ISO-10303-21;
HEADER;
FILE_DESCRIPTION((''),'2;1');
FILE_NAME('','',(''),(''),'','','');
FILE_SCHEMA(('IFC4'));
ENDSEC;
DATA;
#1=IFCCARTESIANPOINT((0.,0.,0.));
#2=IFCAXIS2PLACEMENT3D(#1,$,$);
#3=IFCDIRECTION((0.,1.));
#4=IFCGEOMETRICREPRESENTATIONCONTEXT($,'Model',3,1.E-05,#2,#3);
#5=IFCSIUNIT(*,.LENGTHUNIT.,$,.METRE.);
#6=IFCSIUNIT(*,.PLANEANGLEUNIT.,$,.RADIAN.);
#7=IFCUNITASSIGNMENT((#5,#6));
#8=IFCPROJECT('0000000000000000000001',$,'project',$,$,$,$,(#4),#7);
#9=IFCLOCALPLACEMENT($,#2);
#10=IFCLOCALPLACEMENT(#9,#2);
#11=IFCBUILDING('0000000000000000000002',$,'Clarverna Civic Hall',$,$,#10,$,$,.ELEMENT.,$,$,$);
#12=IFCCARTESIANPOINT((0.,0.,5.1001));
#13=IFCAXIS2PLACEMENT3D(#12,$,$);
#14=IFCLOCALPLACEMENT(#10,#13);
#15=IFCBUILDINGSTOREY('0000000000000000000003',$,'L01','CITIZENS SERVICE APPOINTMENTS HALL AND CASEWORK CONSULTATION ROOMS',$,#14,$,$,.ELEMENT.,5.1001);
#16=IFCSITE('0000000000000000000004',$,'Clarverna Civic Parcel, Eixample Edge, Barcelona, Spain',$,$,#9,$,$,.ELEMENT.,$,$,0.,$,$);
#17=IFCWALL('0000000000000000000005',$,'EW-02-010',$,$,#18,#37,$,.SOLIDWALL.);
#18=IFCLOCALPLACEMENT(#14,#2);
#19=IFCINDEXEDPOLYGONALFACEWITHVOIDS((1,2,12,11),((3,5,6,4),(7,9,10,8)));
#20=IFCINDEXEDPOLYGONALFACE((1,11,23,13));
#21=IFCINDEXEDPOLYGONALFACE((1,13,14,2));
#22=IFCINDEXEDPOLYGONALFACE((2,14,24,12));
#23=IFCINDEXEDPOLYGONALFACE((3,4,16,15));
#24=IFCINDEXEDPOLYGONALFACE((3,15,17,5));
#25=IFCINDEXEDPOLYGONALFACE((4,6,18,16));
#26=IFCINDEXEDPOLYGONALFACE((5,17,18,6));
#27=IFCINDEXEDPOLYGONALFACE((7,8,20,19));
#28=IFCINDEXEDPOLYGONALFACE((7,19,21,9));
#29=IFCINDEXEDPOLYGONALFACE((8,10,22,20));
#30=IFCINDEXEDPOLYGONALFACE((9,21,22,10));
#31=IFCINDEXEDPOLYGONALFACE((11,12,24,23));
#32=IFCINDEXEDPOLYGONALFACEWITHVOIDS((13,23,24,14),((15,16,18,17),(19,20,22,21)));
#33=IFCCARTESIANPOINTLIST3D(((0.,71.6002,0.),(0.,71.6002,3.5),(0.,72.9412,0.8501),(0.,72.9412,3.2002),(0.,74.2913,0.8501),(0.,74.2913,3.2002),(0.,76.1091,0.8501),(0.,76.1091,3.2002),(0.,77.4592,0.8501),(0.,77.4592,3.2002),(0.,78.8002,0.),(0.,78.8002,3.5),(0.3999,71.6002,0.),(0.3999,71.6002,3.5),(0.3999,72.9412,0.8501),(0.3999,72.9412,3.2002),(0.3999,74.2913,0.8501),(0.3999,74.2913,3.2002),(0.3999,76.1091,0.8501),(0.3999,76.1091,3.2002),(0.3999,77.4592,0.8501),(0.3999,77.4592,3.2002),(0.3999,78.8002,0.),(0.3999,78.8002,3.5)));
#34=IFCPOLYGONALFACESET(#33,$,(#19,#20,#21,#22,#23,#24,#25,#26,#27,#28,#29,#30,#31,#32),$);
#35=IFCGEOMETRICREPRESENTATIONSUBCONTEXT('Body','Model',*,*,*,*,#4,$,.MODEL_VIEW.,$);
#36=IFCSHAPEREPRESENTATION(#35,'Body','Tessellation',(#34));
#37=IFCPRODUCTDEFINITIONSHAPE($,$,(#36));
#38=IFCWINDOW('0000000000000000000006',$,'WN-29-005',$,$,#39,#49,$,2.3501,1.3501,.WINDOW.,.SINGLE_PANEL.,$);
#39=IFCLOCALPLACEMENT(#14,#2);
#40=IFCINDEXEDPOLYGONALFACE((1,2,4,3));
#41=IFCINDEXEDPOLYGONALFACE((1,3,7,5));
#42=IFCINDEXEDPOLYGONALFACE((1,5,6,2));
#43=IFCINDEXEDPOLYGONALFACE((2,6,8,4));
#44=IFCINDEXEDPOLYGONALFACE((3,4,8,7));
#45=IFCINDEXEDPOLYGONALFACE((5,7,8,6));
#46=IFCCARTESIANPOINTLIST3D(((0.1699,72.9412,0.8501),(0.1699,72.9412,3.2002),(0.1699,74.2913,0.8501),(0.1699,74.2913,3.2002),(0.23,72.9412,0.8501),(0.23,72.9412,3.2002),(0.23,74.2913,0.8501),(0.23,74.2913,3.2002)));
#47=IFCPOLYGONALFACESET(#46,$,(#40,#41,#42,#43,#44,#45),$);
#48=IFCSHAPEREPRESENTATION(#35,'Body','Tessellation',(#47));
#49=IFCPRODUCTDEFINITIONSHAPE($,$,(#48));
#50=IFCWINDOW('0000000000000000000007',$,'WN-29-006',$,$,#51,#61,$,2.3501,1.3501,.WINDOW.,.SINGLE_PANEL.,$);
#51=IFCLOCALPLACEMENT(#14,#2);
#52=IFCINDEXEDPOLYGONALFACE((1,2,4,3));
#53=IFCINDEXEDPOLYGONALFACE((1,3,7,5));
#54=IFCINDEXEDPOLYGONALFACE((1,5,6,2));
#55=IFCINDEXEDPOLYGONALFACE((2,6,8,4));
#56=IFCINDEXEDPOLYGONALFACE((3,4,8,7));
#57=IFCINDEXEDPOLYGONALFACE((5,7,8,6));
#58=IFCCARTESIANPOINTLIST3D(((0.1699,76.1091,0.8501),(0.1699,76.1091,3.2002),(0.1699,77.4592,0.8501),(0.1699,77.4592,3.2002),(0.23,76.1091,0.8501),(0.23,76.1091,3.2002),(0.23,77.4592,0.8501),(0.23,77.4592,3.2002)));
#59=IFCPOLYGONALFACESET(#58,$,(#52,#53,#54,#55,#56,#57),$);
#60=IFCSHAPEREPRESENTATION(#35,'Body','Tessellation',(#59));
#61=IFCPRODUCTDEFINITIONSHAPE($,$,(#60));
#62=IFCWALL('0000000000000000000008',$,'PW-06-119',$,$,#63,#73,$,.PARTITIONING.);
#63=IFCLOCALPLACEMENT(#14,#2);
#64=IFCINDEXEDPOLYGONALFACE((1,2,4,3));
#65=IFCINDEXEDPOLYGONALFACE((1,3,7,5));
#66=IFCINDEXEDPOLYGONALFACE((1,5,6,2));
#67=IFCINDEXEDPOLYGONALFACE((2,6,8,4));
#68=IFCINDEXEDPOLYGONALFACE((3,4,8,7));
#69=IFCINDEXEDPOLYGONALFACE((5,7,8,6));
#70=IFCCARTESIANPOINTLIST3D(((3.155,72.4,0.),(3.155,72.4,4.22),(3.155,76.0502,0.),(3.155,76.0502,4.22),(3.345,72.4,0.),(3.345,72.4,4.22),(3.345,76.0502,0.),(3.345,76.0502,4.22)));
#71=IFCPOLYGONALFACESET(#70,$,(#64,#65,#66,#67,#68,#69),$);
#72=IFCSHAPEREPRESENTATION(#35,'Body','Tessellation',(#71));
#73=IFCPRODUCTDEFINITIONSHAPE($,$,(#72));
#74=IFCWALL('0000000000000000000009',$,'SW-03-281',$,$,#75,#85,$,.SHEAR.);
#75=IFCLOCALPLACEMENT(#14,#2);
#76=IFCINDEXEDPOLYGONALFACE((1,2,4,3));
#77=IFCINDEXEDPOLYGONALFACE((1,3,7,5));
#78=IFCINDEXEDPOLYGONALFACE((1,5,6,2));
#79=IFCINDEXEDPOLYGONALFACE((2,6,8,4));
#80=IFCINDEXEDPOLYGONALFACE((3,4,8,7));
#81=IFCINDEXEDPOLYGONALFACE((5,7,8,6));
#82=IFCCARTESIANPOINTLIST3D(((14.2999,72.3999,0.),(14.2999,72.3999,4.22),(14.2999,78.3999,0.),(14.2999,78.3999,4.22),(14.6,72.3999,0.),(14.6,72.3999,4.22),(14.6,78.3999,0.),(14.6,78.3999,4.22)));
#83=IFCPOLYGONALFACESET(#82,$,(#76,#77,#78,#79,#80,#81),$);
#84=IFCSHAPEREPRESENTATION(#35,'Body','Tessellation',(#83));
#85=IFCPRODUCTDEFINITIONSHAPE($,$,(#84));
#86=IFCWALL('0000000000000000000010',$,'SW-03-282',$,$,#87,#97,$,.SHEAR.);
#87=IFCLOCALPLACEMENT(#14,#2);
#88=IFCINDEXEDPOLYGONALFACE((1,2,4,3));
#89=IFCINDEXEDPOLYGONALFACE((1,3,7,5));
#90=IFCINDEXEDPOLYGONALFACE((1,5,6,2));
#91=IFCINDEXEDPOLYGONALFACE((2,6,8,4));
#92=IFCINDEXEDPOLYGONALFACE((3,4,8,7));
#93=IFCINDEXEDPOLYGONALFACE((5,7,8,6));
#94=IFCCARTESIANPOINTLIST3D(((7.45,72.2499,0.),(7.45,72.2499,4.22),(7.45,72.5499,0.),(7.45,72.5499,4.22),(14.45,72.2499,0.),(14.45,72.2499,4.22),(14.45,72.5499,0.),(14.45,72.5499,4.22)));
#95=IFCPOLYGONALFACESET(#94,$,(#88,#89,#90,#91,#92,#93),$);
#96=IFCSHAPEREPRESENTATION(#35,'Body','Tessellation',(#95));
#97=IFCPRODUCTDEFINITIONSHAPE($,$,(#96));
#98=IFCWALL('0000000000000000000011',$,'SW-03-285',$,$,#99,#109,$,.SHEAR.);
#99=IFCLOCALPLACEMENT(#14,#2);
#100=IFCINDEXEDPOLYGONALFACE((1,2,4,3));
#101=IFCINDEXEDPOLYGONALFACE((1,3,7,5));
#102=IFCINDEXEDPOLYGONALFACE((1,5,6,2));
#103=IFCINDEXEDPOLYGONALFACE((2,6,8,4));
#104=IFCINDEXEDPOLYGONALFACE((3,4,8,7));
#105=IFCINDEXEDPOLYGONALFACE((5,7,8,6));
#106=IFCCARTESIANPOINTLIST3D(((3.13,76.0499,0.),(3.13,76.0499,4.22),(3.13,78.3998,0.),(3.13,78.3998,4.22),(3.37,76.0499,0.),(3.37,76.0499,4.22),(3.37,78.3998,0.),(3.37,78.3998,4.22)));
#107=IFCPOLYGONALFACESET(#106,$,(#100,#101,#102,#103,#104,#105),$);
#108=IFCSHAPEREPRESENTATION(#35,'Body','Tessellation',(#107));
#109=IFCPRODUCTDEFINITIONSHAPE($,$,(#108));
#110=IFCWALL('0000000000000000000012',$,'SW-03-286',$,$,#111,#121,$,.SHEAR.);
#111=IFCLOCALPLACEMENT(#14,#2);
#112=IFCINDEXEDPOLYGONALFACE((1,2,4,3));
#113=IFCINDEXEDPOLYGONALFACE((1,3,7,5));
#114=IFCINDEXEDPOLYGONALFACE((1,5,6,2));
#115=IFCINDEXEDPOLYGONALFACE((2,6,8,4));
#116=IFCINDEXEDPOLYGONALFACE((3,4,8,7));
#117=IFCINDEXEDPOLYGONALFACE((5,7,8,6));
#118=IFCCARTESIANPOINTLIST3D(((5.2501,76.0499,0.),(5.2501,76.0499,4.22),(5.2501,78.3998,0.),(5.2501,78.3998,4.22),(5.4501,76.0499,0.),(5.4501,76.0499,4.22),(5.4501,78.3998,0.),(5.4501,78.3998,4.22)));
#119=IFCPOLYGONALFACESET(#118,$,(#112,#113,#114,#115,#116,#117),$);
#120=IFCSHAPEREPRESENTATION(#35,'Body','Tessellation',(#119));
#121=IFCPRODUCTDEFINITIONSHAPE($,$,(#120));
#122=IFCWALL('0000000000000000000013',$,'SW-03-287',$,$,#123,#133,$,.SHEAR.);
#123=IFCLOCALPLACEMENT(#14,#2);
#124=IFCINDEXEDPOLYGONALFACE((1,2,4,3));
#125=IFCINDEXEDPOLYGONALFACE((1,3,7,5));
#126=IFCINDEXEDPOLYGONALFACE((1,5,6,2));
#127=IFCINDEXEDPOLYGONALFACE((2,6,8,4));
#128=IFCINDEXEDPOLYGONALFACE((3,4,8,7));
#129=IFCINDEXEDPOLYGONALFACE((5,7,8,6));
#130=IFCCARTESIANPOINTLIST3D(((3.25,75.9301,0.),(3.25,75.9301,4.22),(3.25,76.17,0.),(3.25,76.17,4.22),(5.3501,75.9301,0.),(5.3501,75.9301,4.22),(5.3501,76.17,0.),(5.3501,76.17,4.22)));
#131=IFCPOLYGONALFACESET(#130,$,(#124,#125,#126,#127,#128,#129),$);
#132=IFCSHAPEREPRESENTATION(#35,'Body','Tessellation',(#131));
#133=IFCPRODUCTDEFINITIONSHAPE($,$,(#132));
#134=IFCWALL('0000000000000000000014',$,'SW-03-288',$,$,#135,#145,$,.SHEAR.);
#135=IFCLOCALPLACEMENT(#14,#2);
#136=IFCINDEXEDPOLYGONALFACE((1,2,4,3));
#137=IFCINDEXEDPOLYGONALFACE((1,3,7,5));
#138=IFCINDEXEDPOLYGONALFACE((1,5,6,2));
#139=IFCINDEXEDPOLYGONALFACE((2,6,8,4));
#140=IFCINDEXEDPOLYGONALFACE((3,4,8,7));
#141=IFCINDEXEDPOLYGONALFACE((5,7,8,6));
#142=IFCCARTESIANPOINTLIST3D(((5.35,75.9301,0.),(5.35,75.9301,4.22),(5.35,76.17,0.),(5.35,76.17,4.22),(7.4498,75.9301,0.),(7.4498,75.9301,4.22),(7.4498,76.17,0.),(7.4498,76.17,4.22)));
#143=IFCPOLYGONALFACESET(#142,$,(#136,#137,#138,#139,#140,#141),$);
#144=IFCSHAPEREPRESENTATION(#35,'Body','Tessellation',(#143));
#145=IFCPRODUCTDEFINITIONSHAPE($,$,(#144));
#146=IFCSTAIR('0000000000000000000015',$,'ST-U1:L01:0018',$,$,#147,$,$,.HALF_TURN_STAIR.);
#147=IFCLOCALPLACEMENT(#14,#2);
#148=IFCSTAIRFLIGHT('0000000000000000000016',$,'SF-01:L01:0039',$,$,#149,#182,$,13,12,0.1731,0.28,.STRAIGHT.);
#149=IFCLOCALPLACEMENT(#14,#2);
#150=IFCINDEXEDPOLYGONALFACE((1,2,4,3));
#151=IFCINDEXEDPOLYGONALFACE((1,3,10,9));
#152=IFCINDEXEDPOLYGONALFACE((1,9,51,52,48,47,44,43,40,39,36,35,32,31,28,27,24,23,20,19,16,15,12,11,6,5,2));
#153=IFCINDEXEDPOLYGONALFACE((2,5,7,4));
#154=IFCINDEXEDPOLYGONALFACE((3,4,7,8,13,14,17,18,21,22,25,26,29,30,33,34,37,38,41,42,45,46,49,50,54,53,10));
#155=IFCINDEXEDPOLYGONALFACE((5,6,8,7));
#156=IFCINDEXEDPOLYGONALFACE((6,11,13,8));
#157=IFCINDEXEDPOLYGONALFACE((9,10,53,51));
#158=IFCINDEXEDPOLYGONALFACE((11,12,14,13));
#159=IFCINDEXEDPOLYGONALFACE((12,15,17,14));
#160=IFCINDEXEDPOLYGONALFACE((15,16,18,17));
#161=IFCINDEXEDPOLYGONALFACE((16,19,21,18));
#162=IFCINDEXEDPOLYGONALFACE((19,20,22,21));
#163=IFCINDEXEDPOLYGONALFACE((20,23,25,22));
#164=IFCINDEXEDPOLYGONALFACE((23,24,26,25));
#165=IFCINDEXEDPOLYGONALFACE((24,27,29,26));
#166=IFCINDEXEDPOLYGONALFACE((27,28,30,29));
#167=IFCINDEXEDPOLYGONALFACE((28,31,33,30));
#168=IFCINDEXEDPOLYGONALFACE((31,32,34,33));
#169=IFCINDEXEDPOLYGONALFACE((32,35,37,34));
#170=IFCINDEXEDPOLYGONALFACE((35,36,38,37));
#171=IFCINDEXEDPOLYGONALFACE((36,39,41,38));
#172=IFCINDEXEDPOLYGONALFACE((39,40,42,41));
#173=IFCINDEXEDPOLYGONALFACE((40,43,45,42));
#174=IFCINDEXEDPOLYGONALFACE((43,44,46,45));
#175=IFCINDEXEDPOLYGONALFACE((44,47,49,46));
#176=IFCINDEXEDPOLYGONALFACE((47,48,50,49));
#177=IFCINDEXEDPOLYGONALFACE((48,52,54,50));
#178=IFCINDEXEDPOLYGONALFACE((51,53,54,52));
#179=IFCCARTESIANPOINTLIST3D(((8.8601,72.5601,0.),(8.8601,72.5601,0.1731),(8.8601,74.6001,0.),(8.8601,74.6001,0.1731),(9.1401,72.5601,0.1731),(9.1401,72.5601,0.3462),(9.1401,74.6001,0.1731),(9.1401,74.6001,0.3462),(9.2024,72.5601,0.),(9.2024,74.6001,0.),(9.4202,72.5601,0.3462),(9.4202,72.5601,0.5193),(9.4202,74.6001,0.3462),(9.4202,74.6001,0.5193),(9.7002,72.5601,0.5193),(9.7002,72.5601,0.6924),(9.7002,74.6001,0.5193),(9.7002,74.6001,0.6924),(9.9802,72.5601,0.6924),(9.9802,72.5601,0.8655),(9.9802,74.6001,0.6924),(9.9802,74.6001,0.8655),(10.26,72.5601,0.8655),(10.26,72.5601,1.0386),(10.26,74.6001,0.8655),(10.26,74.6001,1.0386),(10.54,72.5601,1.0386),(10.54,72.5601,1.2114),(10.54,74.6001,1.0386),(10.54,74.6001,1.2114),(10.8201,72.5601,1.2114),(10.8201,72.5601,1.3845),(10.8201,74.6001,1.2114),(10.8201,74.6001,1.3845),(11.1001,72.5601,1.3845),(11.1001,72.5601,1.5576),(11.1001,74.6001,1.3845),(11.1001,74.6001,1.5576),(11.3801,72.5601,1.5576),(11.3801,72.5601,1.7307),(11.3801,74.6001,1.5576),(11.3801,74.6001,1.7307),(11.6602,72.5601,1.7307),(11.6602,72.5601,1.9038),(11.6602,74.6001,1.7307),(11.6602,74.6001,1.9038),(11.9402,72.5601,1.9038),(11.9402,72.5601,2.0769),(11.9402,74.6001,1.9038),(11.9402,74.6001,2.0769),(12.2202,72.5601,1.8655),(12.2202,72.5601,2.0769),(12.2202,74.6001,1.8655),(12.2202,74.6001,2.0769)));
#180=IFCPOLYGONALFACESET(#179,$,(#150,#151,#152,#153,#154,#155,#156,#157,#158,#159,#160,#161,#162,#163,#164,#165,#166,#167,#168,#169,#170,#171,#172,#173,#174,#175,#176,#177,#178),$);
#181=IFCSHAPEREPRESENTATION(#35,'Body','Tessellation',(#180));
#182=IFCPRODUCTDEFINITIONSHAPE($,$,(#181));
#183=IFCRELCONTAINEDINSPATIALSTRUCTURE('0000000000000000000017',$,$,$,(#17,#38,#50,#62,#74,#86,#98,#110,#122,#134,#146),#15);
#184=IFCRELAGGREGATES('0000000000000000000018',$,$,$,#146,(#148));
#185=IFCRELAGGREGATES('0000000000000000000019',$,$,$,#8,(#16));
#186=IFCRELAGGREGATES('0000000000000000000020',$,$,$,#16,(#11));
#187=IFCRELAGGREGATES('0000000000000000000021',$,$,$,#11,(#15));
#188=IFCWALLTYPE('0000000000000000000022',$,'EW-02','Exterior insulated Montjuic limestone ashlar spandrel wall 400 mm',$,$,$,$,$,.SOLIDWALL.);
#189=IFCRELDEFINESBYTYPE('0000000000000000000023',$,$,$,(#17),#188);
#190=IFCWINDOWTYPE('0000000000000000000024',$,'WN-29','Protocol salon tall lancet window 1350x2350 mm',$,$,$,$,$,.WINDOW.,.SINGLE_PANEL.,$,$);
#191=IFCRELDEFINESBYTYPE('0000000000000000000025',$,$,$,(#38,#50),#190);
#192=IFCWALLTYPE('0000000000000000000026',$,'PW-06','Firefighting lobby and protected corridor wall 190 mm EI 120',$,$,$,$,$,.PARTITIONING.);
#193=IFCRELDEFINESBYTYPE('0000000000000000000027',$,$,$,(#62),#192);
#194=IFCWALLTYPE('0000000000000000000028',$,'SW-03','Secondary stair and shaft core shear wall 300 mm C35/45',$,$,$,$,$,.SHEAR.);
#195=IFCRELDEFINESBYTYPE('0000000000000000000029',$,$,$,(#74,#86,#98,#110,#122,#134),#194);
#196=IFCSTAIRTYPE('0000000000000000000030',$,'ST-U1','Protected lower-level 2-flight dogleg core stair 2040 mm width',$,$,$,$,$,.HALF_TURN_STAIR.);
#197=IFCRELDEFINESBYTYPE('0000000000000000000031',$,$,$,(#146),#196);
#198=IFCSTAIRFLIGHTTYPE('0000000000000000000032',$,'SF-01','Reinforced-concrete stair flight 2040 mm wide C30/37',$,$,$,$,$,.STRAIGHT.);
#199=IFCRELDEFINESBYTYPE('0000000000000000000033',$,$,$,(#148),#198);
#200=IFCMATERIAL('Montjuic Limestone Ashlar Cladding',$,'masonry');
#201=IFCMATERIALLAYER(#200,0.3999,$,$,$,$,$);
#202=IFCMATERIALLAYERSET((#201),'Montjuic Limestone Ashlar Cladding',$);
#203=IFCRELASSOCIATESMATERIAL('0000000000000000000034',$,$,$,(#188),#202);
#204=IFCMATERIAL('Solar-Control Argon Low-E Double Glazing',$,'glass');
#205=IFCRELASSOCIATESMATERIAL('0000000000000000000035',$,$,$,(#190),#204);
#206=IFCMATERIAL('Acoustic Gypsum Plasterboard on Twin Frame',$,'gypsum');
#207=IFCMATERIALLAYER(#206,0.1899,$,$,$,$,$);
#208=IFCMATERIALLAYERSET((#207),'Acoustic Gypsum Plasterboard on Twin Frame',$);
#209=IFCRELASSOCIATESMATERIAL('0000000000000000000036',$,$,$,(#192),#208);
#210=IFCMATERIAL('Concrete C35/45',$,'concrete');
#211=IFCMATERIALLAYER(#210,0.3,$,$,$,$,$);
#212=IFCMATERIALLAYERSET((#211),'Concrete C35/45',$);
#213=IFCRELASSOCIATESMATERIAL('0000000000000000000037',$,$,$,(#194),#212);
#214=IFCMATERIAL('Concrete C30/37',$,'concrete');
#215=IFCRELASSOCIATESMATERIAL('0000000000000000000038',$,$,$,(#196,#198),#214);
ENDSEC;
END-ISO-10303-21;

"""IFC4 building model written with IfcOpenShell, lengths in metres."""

from ifc_helpers import new_model, si_unit, direction, frame, frame_2d, origin, place, context, subcontext, project, spatial, polyline, rectangle, outline, extrude, material, layer, layer_set, type_object, element, fill, aggregate, save


model = new_model("IFC4")

# Units and contexts
model_context = context("Model", 3, precision=1e-05, world=origin(), true_north=direction((0.0, 1.0)))
body_context = subcontext(model_context, "Body", "Model", "MODEL_VIEW")
ifc_project = project(units=[si_unit("LENGTHUNIT", "METRE"), si_unit("PLANEANGLEUNIT", "RADIAN")], contexts=[model_context])

# Site, building, storey
site_placement = place(None, origin())
site = spatial("IfcSite", under=ifc_project, at=site_placement, Name="Clarverna Civic Parcel, Eixample Edge, Barcelona, Spain", CompositionType="ELEMENT", RefElevation=0.0)
building_placement = place(site_placement, origin())
building = spatial("IfcBuilding", under=site, at=building_placement, Name="Clarverna Civic Hall", CompositionType="ELEMENT")
storey_placement = place(building_placement, frame((0.0, 0.0, 5.1001)))
storey = spatial("IfcBuildingStorey", under=building, at=storey_placement, Name="L01", Description="CITIZENS SERVICE APPOINTMENTS HALL AND CASEWORK CONSULTATION ROOMS", CompositionType="ELEMENT", Elevation=5.1001)

# Shared definitions
ifc_material_1 = material(Name="Concrete C35/45", Category="concrete")

# Wall, openings, windows
ifc_material_2 = material(Name="Montjuic Limestone Ashlar Cladding", Category="masonry")
ifc_layer_1 = layer(ifc_material_2, 0.3999)
ifc_layer_set_1 = layer_set([ifc_layer_1], Name="Montjuic Limestone Ashlar Cladding")
wall_type_1 = type_object("IfcWallType", Name="EW-02", Description="Exterior insulated Montjuic limestone ashlar spandrel wall 400 mm", PredefinedType="SOLIDWALL", material=ifc_layer_set_1)
wall_1_placement = place(storey_placement, frame((0.2, 71.6001, 0.0), z_axis=(0.0, 0.0, 1.0), x_axis=(0.0, 1.0, 0.0)))
wall_1 = element("IfcWall", 1, at=wall_1_placement, inside=storey, type_object=wall_type_1, Name="EW-02-010", PredefinedType="SOLIDWALL", context=body_context, shape_type="SweptSolid", body=[
    extrude(rectangle(XDim=7.2, YDim=0.3999, at=frame_2d((3.6001, 0.0))), origin(), (0.0, 0.0, 1.0), 3.5),
])
opening_1_placement = place(wall_1_placement, frame((1.3411, 0.0, 0.8501)))
opening_1 = element("IfcOpeningElement", 2, at=opening_1_placement, cuts=wall_1, PredefinedType="OPENING", context=body_context, shape_type="SweptSolid", body=[
    extrude(rectangle(XDim=1.3501, YDim=2.3501, at=frame_2d((0.675, 1.175))), frame((0.0, 0.21, 0.0), z_axis=(0.0, -1.0, 0.0), x_axis=(1.0, 0.0, 0.0)), (0.0, 0.0, 1.0), 0.4199),
])
opening_2_placement = place(wall_1_placement, frame((4.509, 0.0, 0.8501)))
opening_2 = element("IfcOpeningElement", 3, at=opening_2_placement, cuts=wall_1, PredefinedType="OPENING", context=body_context, shape_type="SweptSolid", body=[
    extrude(rectangle(XDim=1.3501, YDim=2.3501, at=frame_2d((0.675, 1.175))), frame((0.0, 0.21, 0.0), z_axis=(0.0, -1.0, 0.0), x_axis=(1.0, 0.0, 0.0)), (0.0, 0.0, 1.0), 0.4199),
])
ifc_material_3 = material(Name="Solar-Control Argon Low-E Double Glazing", Category="glass")
window_type = type_object("IfcWindowType", Name="WN-29", Description="Protocol salon tall lancet window 1350x2350 mm", PartitioningType="SINGLE_PANEL", PredefinedType="WINDOW", material=ifc_material_3)
window_1_placement = place(opening_1_placement, origin())
window_1 = element("IfcWindow", 4, at=window_1_placement, inside=storey, type_object=window_type, Name="WN-29-005", OverallHeight=2.3501, OverallWidth=1.3501, PartitioningType="SINGLE_PANEL", PredefinedType="WINDOW", context=body_context, shape_type="SweptSolid", body=[
    extrude(rectangle(XDim=1.3501, YDim=2.3501, at=frame_2d((0.675, 1.175))), frame((0.0, 0.03, 0.0), z_axis=(0.0, -1.0, 0.0), x_axis=(1.0, 0.0, 0.0)), (0.0, 0.0, 1.0), 0.0601),
])
fill(opening_1, window_1)
window_2_placement = place(opening_2_placement, origin())
window_2 = element("IfcWindow", 5, at=window_2_placement, inside=storey, type_object=window_type, Name="WN-29-006", OverallHeight=2.3501, OverallWidth=1.3501, PartitioningType="SINGLE_PANEL", PredefinedType="WINDOW", context=body_context, shape_type="SweptSolid", body=[
    extrude(rectangle(XDim=1.3501, YDim=2.3501, at=frame_2d((0.675, 1.175))), frame((0.0, 0.03, 0.0), z_axis=(0.0, -1.0, 0.0), x_axis=(1.0, 0.0, 0.0)), (0.0, 0.0, 1.0), 0.0601),
])
fill(opening_2, window_2)

# Wall
ifc_material_4 = material(Name="Acoustic Gypsum Plasterboard on Twin Frame", Category="gypsum")
ifc_layer_2 = layer(ifc_material_4, 0.1899)
ifc_layer_set_2 = layer_set([ifc_layer_2], Name="Acoustic Gypsum Plasterboard on Twin Frame")
wall_type_2 = type_object("IfcWallType", Name="PW-06", Description="Firefighting lobby and protected corridor wall 190 mm EI 120", PredefinedType="PARTITIONING", material=ifc_layer_set_2)
wall_2_placement = place(storey_placement, frame((3.25, 72.3999, 0.0), z_axis=(0.0, 0.0, 1.0), x_axis=(0.0, 1.0, 0.0)))
element("IfcWall", 6, at=wall_2_placement, inside=storey, type_object=wall_type_2, Name="PW-06-119", PredefinedType="PARTITIONING", context=body_context, shape_type="SweptSolid", body=[
    extrude(rectangle(XDim=3.6501, YDim=0.1899, at=frame_2d((1.8252, 0.0))), origin(), (0.0, 0.0, 1.0), 4.22),
])

# Shared definitions
ifc_layer_3 = layer(ifc_material_1, 0.3)
ifc_layer_set_3 = layer_set([ifc_layer_3], Name="Concrete C35/45")
wall_type_3 = type_object("IfcWallType", Name="SW-03", Description="Secondary stair and shaft core shear wall 300 mm C35/45", PredefinedType="SHEAR", material=ifc_layer_set_3)

# Walls
wall_3_placement = place(storey_placement, frame((14.45, 72.3999, 0.0), z_axis=(0.0, 0.0, 1.0), x_axis=(0.0, 1.0, 0.0)))
element("IfcWall", 7, at=wall_3_placement, inside=storey, type_object=wall_type_3, Name="SW-03-281", PredefinedType="SHEAR", context=body_context, shape_type="SweptSolid", body=[
    extrude(rectangle(XDim=6.0, YDim=0.3, at=frame_2d((3.0, 0.0))), origin(), (0.0, 0.0, 1.0), 4.22),
])
wall_4_placement = place(storey_placement, frame((7.45, 72.3999, 0.0), z_axis=(0.0, 0.0, 1.0), x_axis=(1.0, 0.0, 0.0)))
element("IfcWall", 8, at=wall_4_placement, inside=storey, type_object=wall_type_3, Name="SW-03-282", PredefinedType="SHEAR", context=body_context, shape_type="SweptSolid", body=[
    extrude(rectangle(XDim=7.0, YDim=0.3, at=frame_2d((3.5, 0.0))), origin(), (0.0, 0.0, 1.0), 4.22),
])
wall_5_placement = place(storey_placement, frame((3.25, 76.05, 0.0), z_axis=(0.0, 0.0, 1.0), x_axis=(0.0, 1.0, 0.0)))
element("IfcWall", 9, at=wall_5_placement, inside=storey, type_object=wall_type_3, Name="SW-03-285", PredefinedType="SHEAR", context=body_context, shape_type="SweptSolid", body=[
    extrude(rectangle(XDim=2.3499, YDim=0.24, at=frame_2d((1.1748, 0.0))), origin(), (0.0, 0.0, 1.0), 4.22),
])
wall_6_placement = place(storey_placement, frame((5.3501, 76.05, 0.0), z_axis=(0.0, 0.0, 1.0), x_axis=(0.0, 1.0, 0.0)))
element("IfcWall", 10, at=wall_6_placement, inside=storey, type_object=wall_type_3, Name="SW-03-286", PredefinedType="SHEAR", context=body_context, shape_type="SweptSolid", body=[
    extrude(rectangle(XDim=2.3499, YDim=0.2, at=frame_2d((1.1748, 0.0))), origin(), (0.0, 0.0, 1.0), 4.22),
])
wall_7_placement = place(storey_placement, frame((3.25, 76.05, 0.0), z_axis=(0.0, 0.0, 1.0), x_axis=(1.0, 0.0, 0.0)))
element("IfcWall", 11, at=wall_7_placement, inside=storey, type_object=wall_type_3, Name="SW-03-287", PredefinedType="SHEAR", context=body_context, shape_type="SweptSolid", body=[
    extrude(rectangle(XDim=2.1001, YDim=0.24, at=frame_2d((1.05, 0.0))), origin(), (0.0, 0.0, 1.0), 4.22),
])
wall_8_placement = place(storey_placement, frame((5.3501, 76.05, 0.0), z_axis=(0.0, 0.0, 1.0), x_axis=(1.0, 0.0, 0.0)))
element("IfcWall", 12, at=wall_8_placement, inside=storey, type_object=wall_type_3, Name="SW-03-288", PredefinedType="SHEAR", context=body_context, shape_type="SweptSolid", body=[
    extrude(rectangle(XDim=2.0999, YDim=0.24, at=frame_2d((1.0498, 0.0))), origin(), (0.0, 0.0, 1.0), 4.22),
])

# Stair, stair flight
ifc_material_5 = material(Name="Concrete C30/37", Category="concrete")
stair_type = type_object("IfcStairType", Name="ST-U1", Description="Protected lower-level 2-flight dogleg core stair 2040 mm width", PredefinedType="HALF_TURN_STAIR", material=ifc_material_5)
stair_placement = place(storey_placement, origin())
stair = element("IfcStair", 13, at=stair_placement, inside=storey, type_object=stair_type, Name="ST-U1:L01:0018", PredefinedType="HALF_TURN_STAIR")
stair_flight_type = type_object("IfcStairFlightType", Name="SF-01", Description="Reinforced-concrete stair flight 2040 mm wide C30/37", PredefinedType="STRAIGHT", material=ifc_material_5)
stair_flight_1_placement = place(storey_placement, frame((8.8601, 73.5801, 0.0), z_axis=(0.0, 0.0, 1.0), x_axis=(1.0, 0.0, 0.0)))
stair_flight_1 = element("IfcStairFlight", 14, at=stair_flight_1_placement, type_object=stair_flight_type, Name="SF-01:L01:0039", NumberOfRisers=13, NumberOfTreads=12, PredefinedType="STRAIGHT", RiserHeight=0.1731, TreadLength=0.28, context=body_context, shape_type="SweptSolid", body=[
    extrude(outline(polyline([(0.0, 0.0), (0.0, 0.1731), (0.28, 0.1731), (0.28, 0.3462), (0.5601, 0.3462), (0.5601, 0.5193), (0.8401, 0.5193), (0.8401, 0.6924), (1.1201, 0.6924), (1.1201, 0.8655), (1.3999, 0.8655), (1.3999, 1.0386), (1.6799, 1.0386), (1.6799, 1.2114), (1.96, 1.2114), (1.96, 1.3845), (2.24, 1.3845), (2.24, 1.5576), (2.52, 1.5576), (2.52, 1.7307), (2.8, 1.7307), (2.8, 1.9038), (3.0801, 1.9038), (3.0801, 2.0769), (3.3601, 2.0769), (3.3601, 2.25), (3.3601, 1.8655), (0.3423, 0.0), (0.0, 0.0)])), frame((0.0, 1.02, 0.0), z_axis=(0.0, -1.0, 0.0), x_axis=(1.0, 0.0, 0.0)), (0.0, 0.0, 1.0), 2.04),
])
aggregate(stair, [stair_flight_1])

save(model, "model.ifc")
